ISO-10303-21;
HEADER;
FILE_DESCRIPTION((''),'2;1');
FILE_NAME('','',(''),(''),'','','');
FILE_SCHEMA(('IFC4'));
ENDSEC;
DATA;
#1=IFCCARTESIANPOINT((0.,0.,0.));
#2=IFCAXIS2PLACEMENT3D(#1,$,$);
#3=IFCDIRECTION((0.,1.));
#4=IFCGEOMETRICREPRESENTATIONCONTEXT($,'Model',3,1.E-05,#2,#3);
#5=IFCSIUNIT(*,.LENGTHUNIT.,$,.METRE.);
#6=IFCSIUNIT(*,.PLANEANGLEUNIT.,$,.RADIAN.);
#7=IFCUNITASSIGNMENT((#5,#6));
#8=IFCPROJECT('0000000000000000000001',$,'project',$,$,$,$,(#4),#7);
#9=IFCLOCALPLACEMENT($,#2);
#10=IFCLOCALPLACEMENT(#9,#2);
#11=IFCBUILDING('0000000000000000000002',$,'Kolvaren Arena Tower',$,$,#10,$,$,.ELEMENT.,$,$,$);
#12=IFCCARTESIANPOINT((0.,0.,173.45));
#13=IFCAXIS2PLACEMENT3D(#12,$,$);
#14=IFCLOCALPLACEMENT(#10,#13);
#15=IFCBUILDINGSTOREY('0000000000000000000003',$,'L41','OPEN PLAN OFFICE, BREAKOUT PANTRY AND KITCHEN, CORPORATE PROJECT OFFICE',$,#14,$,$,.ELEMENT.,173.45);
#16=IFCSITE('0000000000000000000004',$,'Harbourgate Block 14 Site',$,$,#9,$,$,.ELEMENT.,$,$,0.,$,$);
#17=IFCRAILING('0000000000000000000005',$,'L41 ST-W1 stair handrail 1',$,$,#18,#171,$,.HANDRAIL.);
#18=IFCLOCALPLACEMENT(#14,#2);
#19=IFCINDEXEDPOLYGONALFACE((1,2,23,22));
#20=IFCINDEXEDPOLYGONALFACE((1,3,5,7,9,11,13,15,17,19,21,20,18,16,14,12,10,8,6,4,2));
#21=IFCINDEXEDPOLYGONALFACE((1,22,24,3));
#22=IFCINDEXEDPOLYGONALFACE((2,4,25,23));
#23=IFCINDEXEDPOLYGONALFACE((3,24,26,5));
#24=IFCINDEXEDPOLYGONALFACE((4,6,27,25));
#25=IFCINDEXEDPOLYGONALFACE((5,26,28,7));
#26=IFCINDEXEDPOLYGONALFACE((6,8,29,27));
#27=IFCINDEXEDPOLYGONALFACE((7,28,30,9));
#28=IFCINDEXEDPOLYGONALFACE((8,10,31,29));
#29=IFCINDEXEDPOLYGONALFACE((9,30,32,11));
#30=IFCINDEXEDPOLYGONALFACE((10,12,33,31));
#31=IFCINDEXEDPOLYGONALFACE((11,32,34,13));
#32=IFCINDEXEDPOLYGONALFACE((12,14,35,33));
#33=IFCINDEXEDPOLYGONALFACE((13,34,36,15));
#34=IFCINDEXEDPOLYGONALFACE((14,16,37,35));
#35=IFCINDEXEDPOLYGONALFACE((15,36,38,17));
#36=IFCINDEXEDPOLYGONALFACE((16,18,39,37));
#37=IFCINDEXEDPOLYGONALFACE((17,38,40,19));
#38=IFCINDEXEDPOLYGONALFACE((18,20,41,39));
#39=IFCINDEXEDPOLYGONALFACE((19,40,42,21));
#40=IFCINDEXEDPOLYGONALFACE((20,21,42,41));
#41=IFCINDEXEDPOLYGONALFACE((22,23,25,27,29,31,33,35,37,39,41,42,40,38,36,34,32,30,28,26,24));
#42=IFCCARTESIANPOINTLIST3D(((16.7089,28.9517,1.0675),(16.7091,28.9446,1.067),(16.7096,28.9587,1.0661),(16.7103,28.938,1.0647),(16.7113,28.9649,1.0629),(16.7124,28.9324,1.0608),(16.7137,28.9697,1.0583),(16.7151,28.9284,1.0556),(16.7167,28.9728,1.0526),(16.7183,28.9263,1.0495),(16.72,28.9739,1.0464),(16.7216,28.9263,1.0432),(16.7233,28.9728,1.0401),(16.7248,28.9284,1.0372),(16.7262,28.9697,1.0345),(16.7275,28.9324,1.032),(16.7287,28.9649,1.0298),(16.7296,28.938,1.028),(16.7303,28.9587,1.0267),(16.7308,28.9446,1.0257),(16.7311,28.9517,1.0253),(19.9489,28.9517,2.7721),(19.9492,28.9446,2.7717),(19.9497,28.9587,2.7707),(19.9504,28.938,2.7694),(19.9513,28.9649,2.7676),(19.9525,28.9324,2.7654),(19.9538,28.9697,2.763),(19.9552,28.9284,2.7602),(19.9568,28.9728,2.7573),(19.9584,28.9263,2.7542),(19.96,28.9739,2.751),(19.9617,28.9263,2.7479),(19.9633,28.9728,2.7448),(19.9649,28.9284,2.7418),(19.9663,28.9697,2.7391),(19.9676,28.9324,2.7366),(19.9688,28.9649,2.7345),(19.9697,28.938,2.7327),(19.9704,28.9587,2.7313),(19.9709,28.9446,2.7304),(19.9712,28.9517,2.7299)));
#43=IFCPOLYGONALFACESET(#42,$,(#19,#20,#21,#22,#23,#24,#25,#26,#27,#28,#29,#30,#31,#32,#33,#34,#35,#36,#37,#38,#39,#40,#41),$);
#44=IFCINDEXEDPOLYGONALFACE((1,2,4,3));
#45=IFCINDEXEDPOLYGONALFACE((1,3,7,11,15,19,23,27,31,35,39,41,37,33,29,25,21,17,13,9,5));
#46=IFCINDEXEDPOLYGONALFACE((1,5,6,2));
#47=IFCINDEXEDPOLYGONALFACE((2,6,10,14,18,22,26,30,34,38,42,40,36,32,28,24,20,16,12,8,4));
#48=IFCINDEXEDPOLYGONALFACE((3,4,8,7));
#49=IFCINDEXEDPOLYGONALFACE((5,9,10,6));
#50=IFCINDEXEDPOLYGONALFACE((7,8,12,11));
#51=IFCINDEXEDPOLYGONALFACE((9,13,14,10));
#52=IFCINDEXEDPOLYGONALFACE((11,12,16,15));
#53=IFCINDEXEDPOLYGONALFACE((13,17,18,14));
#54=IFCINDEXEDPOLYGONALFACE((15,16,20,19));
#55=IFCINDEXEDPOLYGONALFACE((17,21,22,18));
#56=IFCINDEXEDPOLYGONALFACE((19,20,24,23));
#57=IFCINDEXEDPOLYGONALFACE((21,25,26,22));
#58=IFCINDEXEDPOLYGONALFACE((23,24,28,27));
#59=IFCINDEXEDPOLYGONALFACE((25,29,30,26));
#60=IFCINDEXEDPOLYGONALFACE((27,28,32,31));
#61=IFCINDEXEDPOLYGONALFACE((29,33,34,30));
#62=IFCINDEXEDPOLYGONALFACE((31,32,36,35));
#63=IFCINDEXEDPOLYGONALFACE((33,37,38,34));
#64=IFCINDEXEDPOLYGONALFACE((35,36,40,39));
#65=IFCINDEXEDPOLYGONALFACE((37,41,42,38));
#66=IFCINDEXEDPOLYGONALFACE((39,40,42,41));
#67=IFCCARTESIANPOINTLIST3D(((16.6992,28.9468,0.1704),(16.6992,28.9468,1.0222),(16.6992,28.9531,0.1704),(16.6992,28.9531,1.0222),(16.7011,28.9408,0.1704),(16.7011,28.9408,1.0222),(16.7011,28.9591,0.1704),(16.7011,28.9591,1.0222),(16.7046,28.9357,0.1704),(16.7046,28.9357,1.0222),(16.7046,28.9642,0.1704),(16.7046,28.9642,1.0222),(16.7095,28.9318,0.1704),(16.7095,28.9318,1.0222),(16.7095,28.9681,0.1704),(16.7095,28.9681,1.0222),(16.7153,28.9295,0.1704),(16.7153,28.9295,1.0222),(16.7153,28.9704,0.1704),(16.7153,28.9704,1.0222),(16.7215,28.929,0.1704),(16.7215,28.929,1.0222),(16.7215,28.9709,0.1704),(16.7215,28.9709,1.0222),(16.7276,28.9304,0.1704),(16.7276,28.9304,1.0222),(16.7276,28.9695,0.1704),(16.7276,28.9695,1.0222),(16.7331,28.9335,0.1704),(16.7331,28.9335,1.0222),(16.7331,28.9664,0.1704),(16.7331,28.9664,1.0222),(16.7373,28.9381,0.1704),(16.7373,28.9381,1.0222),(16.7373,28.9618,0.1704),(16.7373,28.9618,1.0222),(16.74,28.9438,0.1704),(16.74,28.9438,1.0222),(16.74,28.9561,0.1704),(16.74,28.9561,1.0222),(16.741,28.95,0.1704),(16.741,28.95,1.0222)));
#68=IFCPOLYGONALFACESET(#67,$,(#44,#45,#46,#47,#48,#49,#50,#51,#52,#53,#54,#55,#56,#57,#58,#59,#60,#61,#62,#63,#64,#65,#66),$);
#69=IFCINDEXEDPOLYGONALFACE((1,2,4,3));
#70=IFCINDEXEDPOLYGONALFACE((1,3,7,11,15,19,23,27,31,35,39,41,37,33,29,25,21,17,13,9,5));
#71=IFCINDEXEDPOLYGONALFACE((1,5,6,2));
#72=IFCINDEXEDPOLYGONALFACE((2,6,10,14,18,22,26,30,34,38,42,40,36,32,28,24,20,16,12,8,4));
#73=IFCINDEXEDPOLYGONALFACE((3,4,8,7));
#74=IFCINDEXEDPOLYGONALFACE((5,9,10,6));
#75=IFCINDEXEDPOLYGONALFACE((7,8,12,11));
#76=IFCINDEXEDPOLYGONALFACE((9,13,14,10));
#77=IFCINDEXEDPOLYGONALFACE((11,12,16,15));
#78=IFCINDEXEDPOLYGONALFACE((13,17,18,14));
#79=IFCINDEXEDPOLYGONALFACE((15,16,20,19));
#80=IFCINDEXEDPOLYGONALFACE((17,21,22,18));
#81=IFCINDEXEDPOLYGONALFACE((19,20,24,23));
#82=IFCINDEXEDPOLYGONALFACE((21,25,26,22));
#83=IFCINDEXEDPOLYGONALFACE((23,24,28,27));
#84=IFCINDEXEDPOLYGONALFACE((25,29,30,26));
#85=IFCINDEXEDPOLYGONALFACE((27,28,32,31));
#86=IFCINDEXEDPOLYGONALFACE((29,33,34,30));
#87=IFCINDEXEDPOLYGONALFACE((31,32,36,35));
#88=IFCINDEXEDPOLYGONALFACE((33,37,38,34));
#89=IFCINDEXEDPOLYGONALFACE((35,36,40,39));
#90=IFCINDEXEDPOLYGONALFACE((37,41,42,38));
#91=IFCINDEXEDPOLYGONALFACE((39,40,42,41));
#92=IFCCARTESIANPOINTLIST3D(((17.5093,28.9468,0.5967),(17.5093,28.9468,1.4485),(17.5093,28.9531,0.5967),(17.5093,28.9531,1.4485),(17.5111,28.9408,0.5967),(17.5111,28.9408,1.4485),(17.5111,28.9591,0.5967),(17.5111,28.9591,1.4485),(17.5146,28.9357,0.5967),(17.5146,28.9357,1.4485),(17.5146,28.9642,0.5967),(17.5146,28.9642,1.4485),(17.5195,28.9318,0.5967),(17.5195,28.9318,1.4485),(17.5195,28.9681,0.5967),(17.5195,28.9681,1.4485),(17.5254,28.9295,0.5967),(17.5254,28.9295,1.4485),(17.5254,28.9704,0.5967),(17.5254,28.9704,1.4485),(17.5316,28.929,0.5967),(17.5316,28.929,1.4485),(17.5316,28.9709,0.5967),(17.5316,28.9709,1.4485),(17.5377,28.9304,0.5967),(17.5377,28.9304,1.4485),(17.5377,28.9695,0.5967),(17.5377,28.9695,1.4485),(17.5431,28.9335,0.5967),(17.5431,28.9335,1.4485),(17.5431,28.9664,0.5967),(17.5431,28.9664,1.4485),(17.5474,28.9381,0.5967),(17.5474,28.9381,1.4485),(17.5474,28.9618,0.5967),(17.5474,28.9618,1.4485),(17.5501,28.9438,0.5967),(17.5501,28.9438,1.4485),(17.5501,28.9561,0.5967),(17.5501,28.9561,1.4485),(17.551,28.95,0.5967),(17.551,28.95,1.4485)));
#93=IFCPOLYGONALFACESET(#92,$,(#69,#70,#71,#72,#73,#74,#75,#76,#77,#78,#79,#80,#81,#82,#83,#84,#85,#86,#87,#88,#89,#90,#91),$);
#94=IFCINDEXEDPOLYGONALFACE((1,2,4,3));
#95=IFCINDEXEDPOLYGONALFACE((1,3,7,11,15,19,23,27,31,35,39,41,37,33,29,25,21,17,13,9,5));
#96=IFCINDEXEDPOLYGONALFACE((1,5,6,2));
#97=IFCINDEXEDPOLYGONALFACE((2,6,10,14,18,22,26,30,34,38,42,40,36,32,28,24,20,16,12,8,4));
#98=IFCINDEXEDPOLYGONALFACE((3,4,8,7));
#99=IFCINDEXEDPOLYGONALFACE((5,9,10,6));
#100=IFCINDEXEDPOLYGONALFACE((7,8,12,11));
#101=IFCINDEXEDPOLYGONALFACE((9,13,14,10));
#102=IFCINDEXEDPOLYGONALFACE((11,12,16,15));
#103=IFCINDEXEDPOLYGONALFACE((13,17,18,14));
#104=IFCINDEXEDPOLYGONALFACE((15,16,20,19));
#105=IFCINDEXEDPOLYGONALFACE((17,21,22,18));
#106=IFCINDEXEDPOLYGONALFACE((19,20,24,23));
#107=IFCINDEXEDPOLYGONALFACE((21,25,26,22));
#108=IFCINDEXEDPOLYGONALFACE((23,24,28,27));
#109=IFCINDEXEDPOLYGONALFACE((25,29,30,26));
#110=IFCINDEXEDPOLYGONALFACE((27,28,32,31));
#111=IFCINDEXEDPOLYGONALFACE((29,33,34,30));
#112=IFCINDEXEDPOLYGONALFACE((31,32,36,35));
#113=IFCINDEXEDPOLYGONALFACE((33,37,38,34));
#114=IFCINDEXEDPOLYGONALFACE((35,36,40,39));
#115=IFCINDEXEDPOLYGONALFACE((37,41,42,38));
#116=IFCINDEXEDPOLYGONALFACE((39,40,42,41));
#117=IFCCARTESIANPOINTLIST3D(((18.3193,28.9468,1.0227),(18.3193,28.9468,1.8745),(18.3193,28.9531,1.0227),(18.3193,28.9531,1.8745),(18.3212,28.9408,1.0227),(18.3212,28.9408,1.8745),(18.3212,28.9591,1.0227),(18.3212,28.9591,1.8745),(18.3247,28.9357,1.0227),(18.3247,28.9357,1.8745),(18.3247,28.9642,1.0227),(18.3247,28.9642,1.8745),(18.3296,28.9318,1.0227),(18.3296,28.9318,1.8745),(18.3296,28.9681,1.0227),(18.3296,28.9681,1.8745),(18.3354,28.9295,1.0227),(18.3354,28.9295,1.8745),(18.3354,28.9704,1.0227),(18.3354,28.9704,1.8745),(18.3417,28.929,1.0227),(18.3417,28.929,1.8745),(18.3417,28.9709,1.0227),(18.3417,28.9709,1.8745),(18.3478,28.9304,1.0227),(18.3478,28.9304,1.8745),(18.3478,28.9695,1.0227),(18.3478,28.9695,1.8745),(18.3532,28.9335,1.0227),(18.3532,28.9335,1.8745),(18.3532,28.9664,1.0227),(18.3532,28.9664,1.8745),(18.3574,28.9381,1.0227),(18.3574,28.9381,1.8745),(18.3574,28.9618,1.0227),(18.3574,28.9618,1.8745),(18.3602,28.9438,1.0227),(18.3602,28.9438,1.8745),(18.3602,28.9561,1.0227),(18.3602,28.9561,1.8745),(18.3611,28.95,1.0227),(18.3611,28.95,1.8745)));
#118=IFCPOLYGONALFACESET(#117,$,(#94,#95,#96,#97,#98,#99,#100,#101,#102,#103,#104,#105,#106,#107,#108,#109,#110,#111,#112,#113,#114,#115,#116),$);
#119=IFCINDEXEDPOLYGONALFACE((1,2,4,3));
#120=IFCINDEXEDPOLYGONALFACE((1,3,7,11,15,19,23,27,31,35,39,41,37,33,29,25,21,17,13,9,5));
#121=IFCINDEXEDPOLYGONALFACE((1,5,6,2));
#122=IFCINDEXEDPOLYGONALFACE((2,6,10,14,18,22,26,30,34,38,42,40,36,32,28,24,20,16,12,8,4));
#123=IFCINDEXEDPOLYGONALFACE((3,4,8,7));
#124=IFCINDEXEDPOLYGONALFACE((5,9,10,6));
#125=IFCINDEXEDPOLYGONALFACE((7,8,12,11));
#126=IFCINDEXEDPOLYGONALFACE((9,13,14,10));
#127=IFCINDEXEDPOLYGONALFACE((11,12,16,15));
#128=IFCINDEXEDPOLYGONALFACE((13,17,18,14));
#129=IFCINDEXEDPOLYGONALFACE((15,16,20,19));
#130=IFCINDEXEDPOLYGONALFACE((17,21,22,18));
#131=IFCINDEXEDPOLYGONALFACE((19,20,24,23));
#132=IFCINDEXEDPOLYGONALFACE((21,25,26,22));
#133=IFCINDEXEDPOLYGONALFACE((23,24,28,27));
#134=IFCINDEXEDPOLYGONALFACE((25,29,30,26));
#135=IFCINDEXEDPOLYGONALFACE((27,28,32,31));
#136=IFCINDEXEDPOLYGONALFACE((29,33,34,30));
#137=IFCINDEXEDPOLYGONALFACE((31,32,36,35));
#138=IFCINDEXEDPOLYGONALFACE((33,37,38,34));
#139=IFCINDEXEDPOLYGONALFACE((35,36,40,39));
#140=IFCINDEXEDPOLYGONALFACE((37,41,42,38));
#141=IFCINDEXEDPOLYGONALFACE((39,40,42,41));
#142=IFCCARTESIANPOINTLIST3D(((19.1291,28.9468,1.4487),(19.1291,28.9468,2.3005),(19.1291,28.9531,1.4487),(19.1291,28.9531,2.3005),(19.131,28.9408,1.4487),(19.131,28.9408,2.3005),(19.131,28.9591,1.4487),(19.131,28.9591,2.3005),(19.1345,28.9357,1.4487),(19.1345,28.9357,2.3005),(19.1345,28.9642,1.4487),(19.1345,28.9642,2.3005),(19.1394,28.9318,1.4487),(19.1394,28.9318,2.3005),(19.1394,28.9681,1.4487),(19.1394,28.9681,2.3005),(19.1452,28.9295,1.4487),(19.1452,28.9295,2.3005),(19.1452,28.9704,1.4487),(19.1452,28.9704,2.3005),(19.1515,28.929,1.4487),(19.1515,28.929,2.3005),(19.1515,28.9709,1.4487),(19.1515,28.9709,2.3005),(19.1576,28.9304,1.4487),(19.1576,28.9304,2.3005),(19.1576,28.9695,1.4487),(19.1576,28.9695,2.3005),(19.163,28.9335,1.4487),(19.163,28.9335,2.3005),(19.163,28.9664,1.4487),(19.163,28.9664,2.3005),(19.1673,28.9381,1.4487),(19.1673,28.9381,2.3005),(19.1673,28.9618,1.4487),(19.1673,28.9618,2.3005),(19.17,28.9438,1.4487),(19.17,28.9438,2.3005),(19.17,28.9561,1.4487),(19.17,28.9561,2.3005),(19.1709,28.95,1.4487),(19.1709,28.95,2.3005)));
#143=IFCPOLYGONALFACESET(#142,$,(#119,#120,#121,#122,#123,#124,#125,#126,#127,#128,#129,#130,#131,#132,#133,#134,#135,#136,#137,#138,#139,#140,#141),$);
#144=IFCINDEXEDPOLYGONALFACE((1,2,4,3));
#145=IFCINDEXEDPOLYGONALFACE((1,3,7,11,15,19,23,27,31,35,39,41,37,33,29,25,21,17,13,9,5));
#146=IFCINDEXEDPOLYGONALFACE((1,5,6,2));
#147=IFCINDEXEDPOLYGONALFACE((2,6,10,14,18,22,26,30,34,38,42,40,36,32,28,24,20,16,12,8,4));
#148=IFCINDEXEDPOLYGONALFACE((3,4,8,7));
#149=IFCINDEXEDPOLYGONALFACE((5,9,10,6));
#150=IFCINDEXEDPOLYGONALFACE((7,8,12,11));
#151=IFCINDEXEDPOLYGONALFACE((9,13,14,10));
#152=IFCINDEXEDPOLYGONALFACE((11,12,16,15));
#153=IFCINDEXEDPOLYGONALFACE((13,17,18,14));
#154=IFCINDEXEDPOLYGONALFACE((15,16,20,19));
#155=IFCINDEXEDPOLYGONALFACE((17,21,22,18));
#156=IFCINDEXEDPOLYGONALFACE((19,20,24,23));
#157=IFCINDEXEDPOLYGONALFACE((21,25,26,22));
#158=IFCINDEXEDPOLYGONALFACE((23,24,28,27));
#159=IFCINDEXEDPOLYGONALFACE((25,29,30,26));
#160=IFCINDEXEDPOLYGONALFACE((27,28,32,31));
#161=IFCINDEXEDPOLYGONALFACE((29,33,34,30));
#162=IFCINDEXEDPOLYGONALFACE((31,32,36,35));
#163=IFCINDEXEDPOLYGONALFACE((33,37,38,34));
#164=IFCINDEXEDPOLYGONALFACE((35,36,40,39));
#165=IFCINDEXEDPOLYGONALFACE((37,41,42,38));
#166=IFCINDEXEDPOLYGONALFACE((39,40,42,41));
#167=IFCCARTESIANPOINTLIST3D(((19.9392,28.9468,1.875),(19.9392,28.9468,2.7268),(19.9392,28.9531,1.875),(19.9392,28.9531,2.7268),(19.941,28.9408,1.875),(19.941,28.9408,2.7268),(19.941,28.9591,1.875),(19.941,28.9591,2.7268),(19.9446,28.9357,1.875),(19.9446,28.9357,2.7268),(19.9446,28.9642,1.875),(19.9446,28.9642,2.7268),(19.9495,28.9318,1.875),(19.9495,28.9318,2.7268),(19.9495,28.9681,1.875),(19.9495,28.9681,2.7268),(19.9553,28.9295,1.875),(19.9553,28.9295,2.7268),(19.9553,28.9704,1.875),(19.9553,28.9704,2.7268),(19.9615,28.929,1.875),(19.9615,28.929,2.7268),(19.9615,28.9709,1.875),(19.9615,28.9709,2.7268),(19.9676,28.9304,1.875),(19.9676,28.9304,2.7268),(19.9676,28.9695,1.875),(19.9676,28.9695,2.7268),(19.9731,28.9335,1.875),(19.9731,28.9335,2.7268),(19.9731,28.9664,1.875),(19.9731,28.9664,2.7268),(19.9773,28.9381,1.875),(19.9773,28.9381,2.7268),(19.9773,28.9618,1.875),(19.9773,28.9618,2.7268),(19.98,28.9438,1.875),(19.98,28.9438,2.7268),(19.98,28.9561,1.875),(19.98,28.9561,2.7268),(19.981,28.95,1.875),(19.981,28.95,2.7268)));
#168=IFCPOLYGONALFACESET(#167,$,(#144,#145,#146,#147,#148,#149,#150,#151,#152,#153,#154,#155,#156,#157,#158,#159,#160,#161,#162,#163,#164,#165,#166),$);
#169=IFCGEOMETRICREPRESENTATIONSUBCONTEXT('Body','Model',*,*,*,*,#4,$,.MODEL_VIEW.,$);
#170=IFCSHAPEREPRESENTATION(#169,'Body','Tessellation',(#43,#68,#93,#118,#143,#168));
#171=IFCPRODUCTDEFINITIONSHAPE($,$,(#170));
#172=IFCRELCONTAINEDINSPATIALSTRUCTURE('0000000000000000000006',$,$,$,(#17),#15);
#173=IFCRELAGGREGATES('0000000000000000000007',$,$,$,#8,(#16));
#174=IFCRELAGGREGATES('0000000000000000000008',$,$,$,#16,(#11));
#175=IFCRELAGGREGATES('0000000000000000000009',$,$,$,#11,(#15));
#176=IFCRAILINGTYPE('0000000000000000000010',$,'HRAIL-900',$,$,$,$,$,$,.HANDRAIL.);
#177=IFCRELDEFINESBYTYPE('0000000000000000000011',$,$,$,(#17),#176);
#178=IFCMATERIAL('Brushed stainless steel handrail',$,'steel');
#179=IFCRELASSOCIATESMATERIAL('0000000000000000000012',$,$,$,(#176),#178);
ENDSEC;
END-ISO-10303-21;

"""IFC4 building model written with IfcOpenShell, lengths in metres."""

from ifc_helpers import new_model, si_unit, direction, frame, origin, origin_2d, place, context, subcontext, project, spatial, circle, extrude, material, type_object, element, save


model = new_model("IFC4")

# Units and contexts
model_context = context("Model", 3, precision=1e-05, world=origin(), true_north=direction((0.0, 1.0)))
body_context = subcontext(model_context, "Body", "Model", "MODEL_VIEW")
ifc_project = project(units=[si_unit("LENGTHUNIT", "METRE"), si_unit("PLANEANGLEUNIT", "RADIAN")], contexts=[model_context])

# Site, building, storey
site_placement = place(None, origin())
site = spatial("IfcSite", under=ifc_project, at=site_placement, Name="Harbourgate Block 14 Site", CompositionType="ELEMENT", RefElevation=0.0)
building_placement = place(site_placement, origin())
building = spatial("IfcBuilding", under=site, at=building_placement, Name="Kolvaren Arena Tower", CompositionType="ELEMENT")
storey_placement = place(building_placement, frame((0.0, 0.0, 173.45)))
storey = spatial("IfcBuildingStorey", under=building, at=storey_placement, Name="L41", Description="OPEN PLAN OFFICE, BREAKOUT PANTRY AND KITCHEN, CORPORATE PROJECT OFFICE", CompositionType="ELEMENT", Elevation=173.45)

# Railing
ifc_material_1 = material(Name="Brushed stainless steel handrail", Category="steel")
railing_type_1 = type_object("IfcRailingType", Name="HRAIL-900", PredefinedType="HANDRAIL", material=ifc_material_1)
railing_1_placement = place(storey_placement, frame((16.72, 28.95, 0.1704)))
element("IfcRailing", 1, at=railing_1_placement, inside=storey, type_object=railing_type_1, Name="L41 ST-W1 stair handrail 1", PredefinedType="HANDRAIL", context=body_context, shape_type="SweptSolid", body=[
    extrude(circle(Radius=0.0239, at=origin_2d()), frame((0.0, 0.0, 0.876), z_axis=(0.884993, 0.0, 0.465604), x_axis=(0.0, 1.0, 0.0)), (0.0, 0.0, 1.0), 3.6611),
    extrude(circle(Radius=0.021, at=origin_2d()), origin(), (0.0, 0.0, 1.0), 0.8518),
    extrude(circle(Radius=0.021, at=origin_2d()), frame((0.8101, 0.0, 0.4263)), (0.0, 0.0, 1.0), 0.8518),
    extrude(circle(Radius=0.021, at=origin_2d()), frame((1.6201, 0.0, 0.8523)), (0.0, 0.0, 1.0), 0.8518),
    extrude(circle(Radius=0.021, at=origin_2d()), frame((2.4299, 0.0, 1.2783)), (0.0, 0.0, 1.0), 0.8518),
    extrude(circle(Radius=0.021, at=origin_2d()), frame((3.24, 0.0, 1.7046)), (0.0, 0.0, 1.0), 0.8518),
])

save(model, "model.ifc")
